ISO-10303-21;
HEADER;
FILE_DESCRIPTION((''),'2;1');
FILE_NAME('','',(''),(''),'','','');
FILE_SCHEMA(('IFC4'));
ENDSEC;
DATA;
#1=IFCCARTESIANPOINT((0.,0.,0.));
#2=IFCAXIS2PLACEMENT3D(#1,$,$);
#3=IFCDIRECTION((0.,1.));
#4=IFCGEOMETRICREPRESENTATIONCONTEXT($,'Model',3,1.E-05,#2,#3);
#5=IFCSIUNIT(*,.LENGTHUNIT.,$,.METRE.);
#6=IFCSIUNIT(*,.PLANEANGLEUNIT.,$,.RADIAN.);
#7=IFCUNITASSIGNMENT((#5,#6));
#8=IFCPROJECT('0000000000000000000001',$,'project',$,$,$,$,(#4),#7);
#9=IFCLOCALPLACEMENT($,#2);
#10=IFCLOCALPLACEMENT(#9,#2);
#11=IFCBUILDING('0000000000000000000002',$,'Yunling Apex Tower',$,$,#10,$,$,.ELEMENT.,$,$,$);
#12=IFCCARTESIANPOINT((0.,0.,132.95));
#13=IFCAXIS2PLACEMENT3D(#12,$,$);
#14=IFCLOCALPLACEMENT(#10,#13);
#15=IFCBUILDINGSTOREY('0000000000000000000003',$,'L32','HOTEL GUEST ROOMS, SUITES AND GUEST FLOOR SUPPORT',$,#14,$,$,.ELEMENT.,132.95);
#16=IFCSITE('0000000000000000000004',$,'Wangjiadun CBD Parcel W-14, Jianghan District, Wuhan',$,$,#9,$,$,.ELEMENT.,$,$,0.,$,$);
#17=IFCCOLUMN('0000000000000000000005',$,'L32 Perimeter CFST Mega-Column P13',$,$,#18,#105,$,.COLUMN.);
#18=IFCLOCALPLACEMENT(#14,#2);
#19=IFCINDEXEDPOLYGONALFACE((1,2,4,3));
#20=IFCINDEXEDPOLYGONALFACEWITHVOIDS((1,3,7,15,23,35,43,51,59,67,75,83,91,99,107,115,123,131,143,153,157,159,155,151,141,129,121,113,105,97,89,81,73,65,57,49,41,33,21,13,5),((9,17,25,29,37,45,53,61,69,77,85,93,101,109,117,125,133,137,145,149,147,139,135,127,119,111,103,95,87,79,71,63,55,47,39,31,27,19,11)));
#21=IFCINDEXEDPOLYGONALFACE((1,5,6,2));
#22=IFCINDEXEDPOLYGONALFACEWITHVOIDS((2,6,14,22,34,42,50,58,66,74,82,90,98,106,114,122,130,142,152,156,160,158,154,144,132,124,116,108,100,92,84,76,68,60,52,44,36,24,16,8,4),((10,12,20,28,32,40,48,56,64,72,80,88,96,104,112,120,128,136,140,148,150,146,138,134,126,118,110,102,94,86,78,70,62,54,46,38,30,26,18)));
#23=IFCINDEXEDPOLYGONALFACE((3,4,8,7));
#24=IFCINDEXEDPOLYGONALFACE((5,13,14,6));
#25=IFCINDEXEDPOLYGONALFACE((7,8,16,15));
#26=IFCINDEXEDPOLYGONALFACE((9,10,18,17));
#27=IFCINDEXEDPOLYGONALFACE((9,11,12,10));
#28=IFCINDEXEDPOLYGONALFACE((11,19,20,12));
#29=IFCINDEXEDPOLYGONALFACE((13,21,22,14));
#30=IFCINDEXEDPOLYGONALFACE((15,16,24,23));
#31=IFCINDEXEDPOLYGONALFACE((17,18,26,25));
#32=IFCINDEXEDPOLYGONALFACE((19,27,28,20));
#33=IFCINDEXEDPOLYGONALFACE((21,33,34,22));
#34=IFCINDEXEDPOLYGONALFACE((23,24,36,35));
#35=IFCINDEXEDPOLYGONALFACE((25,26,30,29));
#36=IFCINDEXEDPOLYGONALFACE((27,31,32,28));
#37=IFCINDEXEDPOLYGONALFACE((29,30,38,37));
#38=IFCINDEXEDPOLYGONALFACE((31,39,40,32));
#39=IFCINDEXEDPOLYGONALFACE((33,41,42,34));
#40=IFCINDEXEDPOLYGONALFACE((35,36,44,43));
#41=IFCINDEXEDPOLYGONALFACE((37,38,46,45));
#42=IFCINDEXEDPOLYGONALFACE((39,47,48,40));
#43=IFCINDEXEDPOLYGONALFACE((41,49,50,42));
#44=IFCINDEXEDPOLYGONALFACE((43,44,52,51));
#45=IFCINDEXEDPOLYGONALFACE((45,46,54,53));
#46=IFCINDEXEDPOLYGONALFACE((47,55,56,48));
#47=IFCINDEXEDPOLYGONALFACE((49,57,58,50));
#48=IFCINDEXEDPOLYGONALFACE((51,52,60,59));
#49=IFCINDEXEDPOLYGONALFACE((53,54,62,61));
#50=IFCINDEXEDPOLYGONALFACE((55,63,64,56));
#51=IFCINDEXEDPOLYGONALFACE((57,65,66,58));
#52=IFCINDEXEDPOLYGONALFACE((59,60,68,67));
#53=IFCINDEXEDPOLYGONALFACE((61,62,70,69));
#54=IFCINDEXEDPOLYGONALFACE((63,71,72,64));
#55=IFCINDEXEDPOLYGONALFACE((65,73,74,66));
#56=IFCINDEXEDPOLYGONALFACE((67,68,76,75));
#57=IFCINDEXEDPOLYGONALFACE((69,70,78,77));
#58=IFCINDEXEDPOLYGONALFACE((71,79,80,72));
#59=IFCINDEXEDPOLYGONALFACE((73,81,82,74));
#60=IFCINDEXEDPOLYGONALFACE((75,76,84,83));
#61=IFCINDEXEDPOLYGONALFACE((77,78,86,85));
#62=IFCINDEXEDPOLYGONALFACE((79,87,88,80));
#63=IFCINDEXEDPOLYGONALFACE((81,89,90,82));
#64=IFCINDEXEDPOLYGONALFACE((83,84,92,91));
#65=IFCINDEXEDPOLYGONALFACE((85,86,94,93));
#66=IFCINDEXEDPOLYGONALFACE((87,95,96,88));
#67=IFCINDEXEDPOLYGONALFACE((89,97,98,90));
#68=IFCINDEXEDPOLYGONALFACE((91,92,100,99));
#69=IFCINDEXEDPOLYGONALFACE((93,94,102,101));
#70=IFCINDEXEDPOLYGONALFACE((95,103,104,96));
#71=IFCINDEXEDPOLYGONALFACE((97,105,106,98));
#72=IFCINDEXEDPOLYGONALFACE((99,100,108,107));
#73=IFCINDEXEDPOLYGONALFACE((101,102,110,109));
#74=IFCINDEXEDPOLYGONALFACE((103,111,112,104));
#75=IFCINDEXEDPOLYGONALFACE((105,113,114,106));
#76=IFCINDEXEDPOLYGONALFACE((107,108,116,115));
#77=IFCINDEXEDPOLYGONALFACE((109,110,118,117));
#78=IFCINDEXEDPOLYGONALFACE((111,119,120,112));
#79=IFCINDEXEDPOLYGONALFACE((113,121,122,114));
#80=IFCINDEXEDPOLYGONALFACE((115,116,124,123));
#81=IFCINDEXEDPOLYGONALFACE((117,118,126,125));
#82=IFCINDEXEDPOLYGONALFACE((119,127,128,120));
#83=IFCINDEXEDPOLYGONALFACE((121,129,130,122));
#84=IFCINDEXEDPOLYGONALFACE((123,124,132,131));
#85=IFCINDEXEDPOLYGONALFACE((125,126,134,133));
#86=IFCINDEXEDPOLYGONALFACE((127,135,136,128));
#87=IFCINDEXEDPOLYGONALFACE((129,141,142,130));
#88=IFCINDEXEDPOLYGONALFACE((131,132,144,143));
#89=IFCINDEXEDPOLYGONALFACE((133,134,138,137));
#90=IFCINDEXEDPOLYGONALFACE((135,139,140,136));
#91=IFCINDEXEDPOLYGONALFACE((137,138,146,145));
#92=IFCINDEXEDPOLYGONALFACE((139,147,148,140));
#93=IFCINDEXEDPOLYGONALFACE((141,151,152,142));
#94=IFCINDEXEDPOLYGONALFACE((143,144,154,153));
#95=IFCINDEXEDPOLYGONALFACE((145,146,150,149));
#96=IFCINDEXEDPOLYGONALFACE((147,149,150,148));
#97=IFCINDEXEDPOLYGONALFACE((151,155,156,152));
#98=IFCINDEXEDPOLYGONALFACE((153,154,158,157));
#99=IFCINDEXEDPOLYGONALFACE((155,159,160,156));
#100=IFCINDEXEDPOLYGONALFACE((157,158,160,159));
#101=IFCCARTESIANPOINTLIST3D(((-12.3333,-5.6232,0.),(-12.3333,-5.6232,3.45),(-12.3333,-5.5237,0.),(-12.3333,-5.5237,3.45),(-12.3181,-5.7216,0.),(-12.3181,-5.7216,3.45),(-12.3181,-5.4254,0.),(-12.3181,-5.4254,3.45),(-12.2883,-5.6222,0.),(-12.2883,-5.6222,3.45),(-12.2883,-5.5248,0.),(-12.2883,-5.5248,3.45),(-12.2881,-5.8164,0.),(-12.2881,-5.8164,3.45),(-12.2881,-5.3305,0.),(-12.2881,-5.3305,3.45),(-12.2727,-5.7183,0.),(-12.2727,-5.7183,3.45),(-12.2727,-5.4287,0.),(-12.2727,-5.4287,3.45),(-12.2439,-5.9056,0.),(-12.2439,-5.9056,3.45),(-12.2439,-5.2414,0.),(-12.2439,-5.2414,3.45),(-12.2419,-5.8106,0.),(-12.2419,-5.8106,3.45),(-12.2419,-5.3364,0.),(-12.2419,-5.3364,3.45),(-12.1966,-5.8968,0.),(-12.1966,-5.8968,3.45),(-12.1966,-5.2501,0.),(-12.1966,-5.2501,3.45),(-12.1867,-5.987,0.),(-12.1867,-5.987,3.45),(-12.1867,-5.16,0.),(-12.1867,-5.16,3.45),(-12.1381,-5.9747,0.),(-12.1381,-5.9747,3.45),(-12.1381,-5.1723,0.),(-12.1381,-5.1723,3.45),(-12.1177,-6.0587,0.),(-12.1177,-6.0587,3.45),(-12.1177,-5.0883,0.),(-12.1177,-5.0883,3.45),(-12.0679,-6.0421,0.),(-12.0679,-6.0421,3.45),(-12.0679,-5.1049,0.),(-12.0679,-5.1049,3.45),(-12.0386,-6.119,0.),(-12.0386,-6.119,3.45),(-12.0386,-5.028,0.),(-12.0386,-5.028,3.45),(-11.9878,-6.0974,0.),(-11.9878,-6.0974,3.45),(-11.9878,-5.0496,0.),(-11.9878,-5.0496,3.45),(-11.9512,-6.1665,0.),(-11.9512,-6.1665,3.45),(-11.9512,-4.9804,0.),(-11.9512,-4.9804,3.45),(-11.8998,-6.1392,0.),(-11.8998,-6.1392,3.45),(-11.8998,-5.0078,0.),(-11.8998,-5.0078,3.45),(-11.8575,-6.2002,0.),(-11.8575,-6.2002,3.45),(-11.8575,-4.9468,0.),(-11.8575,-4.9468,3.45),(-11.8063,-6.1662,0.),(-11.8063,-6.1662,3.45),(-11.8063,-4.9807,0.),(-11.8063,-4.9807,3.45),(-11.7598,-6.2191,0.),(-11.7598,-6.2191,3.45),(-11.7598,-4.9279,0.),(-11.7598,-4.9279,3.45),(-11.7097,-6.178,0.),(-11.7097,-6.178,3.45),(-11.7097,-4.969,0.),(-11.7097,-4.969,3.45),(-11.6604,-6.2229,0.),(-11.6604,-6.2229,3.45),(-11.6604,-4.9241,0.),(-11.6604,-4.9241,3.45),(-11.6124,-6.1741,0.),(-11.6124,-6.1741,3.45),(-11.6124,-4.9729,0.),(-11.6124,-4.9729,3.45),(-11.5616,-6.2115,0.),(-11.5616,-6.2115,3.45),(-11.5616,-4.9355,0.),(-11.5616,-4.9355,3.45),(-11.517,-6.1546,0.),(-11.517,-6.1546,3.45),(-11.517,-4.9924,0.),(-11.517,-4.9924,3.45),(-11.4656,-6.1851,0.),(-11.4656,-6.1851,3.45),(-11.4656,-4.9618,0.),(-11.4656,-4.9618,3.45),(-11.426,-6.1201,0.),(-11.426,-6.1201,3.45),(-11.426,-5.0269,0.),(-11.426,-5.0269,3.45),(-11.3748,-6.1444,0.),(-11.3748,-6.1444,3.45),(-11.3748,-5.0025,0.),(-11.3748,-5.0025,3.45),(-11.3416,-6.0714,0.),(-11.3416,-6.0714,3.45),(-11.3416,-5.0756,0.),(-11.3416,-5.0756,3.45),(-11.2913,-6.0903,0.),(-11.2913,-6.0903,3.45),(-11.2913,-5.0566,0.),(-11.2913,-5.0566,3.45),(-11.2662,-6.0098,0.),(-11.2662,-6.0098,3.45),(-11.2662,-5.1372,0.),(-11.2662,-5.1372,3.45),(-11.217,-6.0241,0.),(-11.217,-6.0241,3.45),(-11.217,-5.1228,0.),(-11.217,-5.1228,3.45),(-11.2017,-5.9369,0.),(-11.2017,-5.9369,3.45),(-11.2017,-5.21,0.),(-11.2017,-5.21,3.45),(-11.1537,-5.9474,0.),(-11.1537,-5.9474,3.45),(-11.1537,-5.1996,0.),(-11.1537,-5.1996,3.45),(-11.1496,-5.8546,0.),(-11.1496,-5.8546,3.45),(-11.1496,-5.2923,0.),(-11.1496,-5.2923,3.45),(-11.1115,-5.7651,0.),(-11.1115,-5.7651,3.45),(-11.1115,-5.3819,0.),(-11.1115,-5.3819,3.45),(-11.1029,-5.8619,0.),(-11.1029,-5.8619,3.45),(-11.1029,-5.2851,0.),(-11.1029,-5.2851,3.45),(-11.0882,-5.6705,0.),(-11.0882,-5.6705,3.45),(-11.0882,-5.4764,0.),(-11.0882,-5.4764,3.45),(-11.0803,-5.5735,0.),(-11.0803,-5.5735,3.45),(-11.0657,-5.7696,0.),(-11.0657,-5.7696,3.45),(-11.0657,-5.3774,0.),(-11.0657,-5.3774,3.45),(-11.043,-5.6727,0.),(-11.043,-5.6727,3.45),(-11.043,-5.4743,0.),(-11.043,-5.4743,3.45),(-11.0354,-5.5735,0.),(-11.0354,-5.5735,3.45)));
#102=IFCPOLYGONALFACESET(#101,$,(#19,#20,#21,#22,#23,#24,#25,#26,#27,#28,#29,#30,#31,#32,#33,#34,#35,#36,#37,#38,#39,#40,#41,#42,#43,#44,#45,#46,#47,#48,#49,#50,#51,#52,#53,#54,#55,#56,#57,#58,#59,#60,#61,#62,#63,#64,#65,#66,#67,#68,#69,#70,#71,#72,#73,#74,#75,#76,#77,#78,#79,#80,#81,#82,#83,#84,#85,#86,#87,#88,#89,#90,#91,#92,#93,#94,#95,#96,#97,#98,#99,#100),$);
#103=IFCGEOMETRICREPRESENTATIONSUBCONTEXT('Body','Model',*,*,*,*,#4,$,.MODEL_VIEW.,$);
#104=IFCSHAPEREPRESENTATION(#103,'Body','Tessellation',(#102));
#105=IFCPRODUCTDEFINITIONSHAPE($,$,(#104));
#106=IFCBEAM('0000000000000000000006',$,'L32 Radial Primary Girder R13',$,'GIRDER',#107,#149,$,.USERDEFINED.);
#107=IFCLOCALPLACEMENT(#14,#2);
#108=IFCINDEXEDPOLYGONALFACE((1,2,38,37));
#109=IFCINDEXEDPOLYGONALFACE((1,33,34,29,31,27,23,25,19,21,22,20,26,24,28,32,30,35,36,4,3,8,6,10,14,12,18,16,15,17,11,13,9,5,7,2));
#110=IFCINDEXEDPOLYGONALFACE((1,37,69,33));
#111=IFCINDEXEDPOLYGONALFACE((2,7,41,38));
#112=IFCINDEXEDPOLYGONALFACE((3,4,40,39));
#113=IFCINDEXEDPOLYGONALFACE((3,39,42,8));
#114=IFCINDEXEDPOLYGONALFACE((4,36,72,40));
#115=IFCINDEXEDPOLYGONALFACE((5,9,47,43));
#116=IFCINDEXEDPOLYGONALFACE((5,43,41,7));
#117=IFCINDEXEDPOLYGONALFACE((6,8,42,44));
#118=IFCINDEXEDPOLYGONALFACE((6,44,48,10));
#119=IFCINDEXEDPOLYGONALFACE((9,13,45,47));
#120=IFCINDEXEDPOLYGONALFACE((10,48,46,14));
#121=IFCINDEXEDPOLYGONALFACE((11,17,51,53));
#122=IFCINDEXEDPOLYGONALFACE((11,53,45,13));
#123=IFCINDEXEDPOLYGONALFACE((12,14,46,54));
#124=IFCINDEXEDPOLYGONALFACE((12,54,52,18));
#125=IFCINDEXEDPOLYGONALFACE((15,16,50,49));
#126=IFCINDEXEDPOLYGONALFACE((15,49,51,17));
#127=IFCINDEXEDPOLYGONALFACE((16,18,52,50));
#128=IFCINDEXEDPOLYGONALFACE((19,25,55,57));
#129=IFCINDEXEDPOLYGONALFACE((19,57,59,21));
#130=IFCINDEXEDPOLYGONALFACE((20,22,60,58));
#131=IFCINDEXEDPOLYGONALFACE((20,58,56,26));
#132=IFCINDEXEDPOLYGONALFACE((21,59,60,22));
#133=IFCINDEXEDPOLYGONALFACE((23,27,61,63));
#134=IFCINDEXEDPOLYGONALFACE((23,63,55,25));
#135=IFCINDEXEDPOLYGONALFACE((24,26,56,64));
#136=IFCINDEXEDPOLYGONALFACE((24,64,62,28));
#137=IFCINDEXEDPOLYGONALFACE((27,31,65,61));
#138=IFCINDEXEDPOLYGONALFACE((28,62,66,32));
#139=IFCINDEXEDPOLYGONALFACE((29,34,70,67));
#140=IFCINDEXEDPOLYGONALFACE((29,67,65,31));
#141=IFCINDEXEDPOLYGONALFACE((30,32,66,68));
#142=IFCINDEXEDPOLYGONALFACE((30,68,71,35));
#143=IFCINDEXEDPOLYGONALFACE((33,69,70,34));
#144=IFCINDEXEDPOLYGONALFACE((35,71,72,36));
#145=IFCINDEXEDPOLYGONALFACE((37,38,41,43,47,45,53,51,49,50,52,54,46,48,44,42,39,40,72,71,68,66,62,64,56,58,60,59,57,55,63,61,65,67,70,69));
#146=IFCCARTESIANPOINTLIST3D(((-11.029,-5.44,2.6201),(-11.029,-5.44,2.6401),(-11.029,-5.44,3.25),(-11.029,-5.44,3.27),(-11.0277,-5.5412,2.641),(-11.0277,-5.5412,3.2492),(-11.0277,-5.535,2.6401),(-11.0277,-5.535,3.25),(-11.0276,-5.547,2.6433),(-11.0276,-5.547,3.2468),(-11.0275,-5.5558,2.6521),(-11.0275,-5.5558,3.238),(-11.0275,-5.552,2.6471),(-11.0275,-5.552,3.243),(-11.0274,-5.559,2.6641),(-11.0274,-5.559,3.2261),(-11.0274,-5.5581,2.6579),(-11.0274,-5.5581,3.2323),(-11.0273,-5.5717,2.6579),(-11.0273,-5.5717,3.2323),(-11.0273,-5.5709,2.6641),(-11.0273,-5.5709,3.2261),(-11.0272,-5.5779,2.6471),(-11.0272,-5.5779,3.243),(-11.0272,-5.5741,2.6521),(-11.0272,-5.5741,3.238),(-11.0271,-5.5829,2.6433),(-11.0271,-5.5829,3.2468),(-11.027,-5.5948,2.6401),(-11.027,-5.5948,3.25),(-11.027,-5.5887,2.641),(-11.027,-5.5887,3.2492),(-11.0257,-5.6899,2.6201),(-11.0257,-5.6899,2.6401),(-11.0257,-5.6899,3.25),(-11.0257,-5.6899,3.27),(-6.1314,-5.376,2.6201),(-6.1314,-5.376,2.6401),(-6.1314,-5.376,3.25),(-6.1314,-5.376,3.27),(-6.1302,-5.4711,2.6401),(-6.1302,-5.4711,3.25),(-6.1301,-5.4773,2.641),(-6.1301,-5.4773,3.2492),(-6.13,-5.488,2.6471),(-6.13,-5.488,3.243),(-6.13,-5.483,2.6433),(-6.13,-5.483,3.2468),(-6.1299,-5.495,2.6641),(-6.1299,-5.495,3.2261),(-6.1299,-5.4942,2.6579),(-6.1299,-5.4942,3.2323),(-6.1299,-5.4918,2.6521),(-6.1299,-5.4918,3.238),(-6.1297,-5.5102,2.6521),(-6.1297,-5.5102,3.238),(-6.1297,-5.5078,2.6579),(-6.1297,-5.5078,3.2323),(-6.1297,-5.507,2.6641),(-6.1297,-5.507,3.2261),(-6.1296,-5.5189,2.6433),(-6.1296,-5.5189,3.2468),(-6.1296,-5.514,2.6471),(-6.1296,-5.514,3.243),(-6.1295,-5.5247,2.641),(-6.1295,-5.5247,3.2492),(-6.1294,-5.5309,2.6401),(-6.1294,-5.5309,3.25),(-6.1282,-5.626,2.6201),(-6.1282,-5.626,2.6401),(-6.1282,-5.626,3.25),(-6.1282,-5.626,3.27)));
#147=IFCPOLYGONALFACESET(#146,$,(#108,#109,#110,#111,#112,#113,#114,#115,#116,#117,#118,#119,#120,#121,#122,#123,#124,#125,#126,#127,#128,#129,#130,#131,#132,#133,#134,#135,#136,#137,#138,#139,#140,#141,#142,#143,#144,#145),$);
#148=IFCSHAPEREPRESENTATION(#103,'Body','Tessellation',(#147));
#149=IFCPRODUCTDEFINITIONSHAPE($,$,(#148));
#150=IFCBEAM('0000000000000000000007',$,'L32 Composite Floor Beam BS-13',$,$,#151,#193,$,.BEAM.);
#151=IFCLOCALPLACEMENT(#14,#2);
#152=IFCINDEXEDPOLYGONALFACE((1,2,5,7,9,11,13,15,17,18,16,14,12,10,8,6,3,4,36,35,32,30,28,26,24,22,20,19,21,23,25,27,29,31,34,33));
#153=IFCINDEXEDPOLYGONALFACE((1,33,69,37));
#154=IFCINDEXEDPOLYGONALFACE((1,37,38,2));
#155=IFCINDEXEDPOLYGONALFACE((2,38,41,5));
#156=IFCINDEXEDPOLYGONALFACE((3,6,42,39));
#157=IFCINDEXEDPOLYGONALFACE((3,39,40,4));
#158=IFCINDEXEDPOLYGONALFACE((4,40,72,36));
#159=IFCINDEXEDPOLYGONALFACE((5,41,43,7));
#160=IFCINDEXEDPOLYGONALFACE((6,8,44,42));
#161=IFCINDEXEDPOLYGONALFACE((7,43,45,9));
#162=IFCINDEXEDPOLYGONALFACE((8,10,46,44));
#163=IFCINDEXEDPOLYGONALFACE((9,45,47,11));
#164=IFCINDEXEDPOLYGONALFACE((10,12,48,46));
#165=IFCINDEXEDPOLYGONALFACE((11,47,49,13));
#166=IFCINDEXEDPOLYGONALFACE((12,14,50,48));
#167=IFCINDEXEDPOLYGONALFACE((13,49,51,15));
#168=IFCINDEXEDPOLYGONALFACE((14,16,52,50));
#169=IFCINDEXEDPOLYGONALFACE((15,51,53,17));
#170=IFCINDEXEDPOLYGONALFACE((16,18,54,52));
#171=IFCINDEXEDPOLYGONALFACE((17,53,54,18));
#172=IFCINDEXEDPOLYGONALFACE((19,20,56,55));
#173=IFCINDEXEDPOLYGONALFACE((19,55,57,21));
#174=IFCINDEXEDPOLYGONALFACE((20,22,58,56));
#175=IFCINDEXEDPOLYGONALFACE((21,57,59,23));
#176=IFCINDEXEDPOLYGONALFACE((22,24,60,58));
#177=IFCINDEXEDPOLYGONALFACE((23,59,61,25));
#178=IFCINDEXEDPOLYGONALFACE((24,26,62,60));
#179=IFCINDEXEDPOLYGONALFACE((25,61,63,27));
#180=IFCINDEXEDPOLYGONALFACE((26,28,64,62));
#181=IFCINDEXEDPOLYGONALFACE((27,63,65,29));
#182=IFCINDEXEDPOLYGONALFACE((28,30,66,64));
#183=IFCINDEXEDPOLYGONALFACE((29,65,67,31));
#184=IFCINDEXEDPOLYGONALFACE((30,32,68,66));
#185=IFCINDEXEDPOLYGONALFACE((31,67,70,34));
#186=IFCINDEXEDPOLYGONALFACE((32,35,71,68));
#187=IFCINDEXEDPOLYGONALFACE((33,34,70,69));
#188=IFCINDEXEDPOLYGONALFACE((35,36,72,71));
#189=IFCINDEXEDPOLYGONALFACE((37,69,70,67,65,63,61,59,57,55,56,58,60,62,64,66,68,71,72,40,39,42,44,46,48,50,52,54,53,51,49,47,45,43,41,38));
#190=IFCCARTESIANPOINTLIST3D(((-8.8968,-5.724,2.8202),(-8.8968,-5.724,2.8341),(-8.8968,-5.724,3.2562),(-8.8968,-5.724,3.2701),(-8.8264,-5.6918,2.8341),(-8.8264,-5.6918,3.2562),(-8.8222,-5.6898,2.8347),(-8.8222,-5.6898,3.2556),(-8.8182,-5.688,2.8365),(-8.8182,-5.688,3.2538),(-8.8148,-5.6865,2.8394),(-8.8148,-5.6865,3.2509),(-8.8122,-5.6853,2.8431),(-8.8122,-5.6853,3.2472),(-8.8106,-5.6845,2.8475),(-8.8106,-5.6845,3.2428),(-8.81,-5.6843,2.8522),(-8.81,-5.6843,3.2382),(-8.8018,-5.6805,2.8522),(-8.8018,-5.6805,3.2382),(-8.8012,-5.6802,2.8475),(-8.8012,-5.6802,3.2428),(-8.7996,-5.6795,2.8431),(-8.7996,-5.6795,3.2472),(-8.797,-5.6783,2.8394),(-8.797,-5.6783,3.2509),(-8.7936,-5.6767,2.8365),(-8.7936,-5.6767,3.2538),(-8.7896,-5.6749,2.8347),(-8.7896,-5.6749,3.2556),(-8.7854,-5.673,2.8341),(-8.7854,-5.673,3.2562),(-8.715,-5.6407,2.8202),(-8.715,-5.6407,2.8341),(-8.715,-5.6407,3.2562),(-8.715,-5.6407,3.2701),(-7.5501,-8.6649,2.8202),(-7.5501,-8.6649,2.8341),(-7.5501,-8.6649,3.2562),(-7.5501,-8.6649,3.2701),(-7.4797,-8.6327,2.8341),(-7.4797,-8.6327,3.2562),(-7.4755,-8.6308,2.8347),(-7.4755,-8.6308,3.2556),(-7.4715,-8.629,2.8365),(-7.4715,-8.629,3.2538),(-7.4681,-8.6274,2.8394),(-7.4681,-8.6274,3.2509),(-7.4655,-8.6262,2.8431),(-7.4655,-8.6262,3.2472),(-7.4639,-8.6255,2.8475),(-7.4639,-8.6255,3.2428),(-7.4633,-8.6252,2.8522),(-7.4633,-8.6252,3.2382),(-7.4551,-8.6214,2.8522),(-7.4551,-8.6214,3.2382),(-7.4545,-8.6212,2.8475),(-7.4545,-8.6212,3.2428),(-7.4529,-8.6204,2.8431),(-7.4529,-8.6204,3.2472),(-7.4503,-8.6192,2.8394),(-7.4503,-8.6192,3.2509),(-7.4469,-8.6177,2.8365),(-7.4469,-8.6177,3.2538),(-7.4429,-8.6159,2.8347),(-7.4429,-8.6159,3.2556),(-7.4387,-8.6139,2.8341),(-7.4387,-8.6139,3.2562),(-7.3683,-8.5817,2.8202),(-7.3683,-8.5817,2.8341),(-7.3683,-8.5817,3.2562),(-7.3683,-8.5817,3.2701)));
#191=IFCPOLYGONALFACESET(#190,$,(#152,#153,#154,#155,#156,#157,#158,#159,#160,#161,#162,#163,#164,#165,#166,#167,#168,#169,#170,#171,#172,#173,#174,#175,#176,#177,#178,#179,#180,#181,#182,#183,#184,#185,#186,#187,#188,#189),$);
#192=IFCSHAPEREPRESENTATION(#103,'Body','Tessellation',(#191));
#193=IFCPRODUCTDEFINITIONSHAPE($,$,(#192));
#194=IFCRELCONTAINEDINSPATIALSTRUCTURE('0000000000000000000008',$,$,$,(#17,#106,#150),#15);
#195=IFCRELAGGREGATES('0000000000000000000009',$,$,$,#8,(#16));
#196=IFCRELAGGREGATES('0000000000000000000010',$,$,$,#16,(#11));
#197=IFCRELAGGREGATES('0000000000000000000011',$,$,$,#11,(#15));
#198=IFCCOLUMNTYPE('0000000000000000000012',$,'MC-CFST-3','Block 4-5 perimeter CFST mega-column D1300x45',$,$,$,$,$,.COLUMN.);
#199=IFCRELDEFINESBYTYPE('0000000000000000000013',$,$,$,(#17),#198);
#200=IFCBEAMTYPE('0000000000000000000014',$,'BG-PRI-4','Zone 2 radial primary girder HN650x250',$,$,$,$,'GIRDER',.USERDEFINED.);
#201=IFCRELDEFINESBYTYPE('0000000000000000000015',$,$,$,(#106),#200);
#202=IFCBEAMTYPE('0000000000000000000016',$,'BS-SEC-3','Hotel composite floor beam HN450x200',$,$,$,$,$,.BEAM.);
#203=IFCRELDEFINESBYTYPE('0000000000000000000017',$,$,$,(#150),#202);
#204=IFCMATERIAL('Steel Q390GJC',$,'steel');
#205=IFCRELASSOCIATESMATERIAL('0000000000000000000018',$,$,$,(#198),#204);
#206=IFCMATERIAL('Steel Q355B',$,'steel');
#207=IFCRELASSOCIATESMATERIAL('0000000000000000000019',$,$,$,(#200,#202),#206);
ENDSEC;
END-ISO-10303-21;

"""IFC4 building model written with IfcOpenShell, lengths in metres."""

from ifc_helpers import new_model, si_unit, direction, frame, origin, origin_2d, place, context, subcontext, project, spatial, hollow_circle, i_section, extrude, source, transform, mapped, material, material_profile, profile_set, type_object, element, save


model = new_model("IFC4")

# Units and contexts
model_context = context("Model", 3, precision=1e-05, world=origin(), true_north=direction((0.0, 1.0)))
body_context = subcontext(model_context, "Body", "Model", "MODEL_VIEW")
ifc_project = project(units=[si_unit("LENGTHUNIT", "METRE"), si_unit("PLANEANGLEUNIT", "RADIAN")], contexts=[model_context])

# Site, building, storey
site_placement = place(None, origin())
site = spatial("IfcSite", under=ifc_project, at=site_placement, Name="Wangjiadun CBD Parcel W-14, Jianghan District, Wuhan", CompositionType="ELEMENT", RefElevation=0.0)
building_placement = place(site_placement, origin())
building = spatial("IfcBuilding", under=site, at=building_placement, Name="Yunling Apex Tower", CompositionType="ELEMENT")
storey_placement = place(building_placement, frame((0.0, 0.0, 132.95)))
storey = spatial("IfcBuildingStorey", under=building, at=storey_placement, Name="L32", Description="HOTEL GUEST ROOMS, SUITES AND GUEST FLOOR SUPPORT", CompositionType="ELEMENT", Elevation=132.95)

# Column
ifc_material_1 = material(Name="Steel Q390GJC", Category="steel")
ifc_material_profile_1 = material_profile(ifc_material_1, hollow_circle(Radius=0.6499, WallThickness=0.0449, at=origin_2d()))
ifc_profile_set_1 = profile_set([ifc_material_profile_1], Name="Steel Q390GJC")
column_type = type_object("IfcColumnType", Name="MC-CFST-3", Description="Block 4-5 perimeter CFST mega-column D1300x45", PredefinedType="COLUMN", material=ifc_profile_set_1)
shared_shape_1 = source(origin(), body_context, "Body", "SweptSolid", [
    extrude(hollow_circle(Radius=0.6499, WallThickness=0.0449, at=origin_2d()), origin(), (0.0, 0.0, 1.0), 3.45),
])
column_placement = place(storey_placement, frame((-11.6853, -5.5735, 0.0), z_axis=(0.0, 0.0, 1.0), x_axis=(1.0, 0.0, 0.0)))
element("IfcColumn", 1, at=column_placement, inside=storey, type_object=column_type, Name="L32 Perimeter CFST Mega-Column P13", PredefinedType="COLUMN", context=body_context, shape_type="MappedRepresentation", body=[
    mapped(shared_shape_1, transform((0.0, 0.0, 0.0), scale=1.0)),
])

# Beams
ifc_material_2 = material(Name="Steel Q355B", Category="steel")
ifc_material_profile_2 = material_profile(ifc_material_2, i_section(OverallWidth=0.25, OverallDepth=0.6499, WebThickness=0.012, FlangeThickness=0.02, FilletRadius=0.0239, at=origin_2d()))
ifc_profile_set_2 = profile_set([ifc_material_profile_2], Name="Steel Q355B")
beam_type_1 = type_object("IfcBeamType", Name="BG-PRI-4", Description="Zone 2 radial primary girder HN650x250", ElementType="GIRDER", PredefinedType="USERDEFINED", material=ifc_profile_set_2)
shared_shape_2 = source(origin(), body_context, "Body", "SweptSolid", [
    extrude(i_section(OverallWidth=0.25, OverallDepth=0.6499, WebThickness=0.012, FlangeThickness=0.02, FilletRadius=0.0239, at=origin_2d()), origin(), (0.0, 0.0, 1.0), 4.8979),
])
beam_1_placement = place(storey_placement, frame((-11.0273, -5.5649, 2.9451), z_axis=(0.999915, 0.01306, 0.0), x_axis=(-0.01306, 0.999915, 0.0)))
element("IfcBeam", 2, at=beam_1_placement, inside=storey, type_object=beam_type_1, Name="L32 Radial Primary Girder R13", ObjectType="GIRDER", PredefinedType="USERDEFINED", context=body_context, shape_type="MappedRepresentation", body=[
    mapped(shared_shape_2, transform((0.0, 0.0, 0.0), scale=1.0)),
])
ifc_material_profile_3 = material_profile(ifc_material_2, i_section(OverallWidth=0.2, OverallDepth=0.45, WebThickness=0.009, FlangeThickness=0.0139, FilletRadius=0.0181, at=origin_2d()))
ifc_profile_set_3 = profile_set([ifc_material_profile_3], Name="Steel Q355B")
beam_type_2 = type_object("IfcBeamType", Name="BS-SEC-3", Description="Hotel composite floor beam HN450x200", PredefinedType="BEAM", material=ifc_profile_set_3)
shared_shape_3 = source(origin(), body_context, "Body", "SweptSolid", [
    extrude(i_section(OverallWidth=0.2, OverallDepth=0.45, WebThickness=0.009, FlangeThickness=0.0139, FilletRadius=0.0181, at=origin_2d()), origin(), (0.0, 0.0, 1.0), 3.2346),
])
beam_2_placement = place(storey_placement, frame((-8.8059, -5.6824, 3.0452), z_axis=(0.416338, -0.90921, 0.0), x_axis=(0.90921, 0.416338, 0.0)))
element("IfcBeam", 3, at=beam_2_placement, inside=storey, type_object=beam_type_2, Name="L32 Composite Floor Beam BS-13", PredefinedType="BEAM", context=body_context, shape_type="MappedRepresentation", body=[
    mapped(shared_shape_3, transform((0.0, 0.0, 0.0), scale=1.0)),
])

save(model, "model.ifc")
